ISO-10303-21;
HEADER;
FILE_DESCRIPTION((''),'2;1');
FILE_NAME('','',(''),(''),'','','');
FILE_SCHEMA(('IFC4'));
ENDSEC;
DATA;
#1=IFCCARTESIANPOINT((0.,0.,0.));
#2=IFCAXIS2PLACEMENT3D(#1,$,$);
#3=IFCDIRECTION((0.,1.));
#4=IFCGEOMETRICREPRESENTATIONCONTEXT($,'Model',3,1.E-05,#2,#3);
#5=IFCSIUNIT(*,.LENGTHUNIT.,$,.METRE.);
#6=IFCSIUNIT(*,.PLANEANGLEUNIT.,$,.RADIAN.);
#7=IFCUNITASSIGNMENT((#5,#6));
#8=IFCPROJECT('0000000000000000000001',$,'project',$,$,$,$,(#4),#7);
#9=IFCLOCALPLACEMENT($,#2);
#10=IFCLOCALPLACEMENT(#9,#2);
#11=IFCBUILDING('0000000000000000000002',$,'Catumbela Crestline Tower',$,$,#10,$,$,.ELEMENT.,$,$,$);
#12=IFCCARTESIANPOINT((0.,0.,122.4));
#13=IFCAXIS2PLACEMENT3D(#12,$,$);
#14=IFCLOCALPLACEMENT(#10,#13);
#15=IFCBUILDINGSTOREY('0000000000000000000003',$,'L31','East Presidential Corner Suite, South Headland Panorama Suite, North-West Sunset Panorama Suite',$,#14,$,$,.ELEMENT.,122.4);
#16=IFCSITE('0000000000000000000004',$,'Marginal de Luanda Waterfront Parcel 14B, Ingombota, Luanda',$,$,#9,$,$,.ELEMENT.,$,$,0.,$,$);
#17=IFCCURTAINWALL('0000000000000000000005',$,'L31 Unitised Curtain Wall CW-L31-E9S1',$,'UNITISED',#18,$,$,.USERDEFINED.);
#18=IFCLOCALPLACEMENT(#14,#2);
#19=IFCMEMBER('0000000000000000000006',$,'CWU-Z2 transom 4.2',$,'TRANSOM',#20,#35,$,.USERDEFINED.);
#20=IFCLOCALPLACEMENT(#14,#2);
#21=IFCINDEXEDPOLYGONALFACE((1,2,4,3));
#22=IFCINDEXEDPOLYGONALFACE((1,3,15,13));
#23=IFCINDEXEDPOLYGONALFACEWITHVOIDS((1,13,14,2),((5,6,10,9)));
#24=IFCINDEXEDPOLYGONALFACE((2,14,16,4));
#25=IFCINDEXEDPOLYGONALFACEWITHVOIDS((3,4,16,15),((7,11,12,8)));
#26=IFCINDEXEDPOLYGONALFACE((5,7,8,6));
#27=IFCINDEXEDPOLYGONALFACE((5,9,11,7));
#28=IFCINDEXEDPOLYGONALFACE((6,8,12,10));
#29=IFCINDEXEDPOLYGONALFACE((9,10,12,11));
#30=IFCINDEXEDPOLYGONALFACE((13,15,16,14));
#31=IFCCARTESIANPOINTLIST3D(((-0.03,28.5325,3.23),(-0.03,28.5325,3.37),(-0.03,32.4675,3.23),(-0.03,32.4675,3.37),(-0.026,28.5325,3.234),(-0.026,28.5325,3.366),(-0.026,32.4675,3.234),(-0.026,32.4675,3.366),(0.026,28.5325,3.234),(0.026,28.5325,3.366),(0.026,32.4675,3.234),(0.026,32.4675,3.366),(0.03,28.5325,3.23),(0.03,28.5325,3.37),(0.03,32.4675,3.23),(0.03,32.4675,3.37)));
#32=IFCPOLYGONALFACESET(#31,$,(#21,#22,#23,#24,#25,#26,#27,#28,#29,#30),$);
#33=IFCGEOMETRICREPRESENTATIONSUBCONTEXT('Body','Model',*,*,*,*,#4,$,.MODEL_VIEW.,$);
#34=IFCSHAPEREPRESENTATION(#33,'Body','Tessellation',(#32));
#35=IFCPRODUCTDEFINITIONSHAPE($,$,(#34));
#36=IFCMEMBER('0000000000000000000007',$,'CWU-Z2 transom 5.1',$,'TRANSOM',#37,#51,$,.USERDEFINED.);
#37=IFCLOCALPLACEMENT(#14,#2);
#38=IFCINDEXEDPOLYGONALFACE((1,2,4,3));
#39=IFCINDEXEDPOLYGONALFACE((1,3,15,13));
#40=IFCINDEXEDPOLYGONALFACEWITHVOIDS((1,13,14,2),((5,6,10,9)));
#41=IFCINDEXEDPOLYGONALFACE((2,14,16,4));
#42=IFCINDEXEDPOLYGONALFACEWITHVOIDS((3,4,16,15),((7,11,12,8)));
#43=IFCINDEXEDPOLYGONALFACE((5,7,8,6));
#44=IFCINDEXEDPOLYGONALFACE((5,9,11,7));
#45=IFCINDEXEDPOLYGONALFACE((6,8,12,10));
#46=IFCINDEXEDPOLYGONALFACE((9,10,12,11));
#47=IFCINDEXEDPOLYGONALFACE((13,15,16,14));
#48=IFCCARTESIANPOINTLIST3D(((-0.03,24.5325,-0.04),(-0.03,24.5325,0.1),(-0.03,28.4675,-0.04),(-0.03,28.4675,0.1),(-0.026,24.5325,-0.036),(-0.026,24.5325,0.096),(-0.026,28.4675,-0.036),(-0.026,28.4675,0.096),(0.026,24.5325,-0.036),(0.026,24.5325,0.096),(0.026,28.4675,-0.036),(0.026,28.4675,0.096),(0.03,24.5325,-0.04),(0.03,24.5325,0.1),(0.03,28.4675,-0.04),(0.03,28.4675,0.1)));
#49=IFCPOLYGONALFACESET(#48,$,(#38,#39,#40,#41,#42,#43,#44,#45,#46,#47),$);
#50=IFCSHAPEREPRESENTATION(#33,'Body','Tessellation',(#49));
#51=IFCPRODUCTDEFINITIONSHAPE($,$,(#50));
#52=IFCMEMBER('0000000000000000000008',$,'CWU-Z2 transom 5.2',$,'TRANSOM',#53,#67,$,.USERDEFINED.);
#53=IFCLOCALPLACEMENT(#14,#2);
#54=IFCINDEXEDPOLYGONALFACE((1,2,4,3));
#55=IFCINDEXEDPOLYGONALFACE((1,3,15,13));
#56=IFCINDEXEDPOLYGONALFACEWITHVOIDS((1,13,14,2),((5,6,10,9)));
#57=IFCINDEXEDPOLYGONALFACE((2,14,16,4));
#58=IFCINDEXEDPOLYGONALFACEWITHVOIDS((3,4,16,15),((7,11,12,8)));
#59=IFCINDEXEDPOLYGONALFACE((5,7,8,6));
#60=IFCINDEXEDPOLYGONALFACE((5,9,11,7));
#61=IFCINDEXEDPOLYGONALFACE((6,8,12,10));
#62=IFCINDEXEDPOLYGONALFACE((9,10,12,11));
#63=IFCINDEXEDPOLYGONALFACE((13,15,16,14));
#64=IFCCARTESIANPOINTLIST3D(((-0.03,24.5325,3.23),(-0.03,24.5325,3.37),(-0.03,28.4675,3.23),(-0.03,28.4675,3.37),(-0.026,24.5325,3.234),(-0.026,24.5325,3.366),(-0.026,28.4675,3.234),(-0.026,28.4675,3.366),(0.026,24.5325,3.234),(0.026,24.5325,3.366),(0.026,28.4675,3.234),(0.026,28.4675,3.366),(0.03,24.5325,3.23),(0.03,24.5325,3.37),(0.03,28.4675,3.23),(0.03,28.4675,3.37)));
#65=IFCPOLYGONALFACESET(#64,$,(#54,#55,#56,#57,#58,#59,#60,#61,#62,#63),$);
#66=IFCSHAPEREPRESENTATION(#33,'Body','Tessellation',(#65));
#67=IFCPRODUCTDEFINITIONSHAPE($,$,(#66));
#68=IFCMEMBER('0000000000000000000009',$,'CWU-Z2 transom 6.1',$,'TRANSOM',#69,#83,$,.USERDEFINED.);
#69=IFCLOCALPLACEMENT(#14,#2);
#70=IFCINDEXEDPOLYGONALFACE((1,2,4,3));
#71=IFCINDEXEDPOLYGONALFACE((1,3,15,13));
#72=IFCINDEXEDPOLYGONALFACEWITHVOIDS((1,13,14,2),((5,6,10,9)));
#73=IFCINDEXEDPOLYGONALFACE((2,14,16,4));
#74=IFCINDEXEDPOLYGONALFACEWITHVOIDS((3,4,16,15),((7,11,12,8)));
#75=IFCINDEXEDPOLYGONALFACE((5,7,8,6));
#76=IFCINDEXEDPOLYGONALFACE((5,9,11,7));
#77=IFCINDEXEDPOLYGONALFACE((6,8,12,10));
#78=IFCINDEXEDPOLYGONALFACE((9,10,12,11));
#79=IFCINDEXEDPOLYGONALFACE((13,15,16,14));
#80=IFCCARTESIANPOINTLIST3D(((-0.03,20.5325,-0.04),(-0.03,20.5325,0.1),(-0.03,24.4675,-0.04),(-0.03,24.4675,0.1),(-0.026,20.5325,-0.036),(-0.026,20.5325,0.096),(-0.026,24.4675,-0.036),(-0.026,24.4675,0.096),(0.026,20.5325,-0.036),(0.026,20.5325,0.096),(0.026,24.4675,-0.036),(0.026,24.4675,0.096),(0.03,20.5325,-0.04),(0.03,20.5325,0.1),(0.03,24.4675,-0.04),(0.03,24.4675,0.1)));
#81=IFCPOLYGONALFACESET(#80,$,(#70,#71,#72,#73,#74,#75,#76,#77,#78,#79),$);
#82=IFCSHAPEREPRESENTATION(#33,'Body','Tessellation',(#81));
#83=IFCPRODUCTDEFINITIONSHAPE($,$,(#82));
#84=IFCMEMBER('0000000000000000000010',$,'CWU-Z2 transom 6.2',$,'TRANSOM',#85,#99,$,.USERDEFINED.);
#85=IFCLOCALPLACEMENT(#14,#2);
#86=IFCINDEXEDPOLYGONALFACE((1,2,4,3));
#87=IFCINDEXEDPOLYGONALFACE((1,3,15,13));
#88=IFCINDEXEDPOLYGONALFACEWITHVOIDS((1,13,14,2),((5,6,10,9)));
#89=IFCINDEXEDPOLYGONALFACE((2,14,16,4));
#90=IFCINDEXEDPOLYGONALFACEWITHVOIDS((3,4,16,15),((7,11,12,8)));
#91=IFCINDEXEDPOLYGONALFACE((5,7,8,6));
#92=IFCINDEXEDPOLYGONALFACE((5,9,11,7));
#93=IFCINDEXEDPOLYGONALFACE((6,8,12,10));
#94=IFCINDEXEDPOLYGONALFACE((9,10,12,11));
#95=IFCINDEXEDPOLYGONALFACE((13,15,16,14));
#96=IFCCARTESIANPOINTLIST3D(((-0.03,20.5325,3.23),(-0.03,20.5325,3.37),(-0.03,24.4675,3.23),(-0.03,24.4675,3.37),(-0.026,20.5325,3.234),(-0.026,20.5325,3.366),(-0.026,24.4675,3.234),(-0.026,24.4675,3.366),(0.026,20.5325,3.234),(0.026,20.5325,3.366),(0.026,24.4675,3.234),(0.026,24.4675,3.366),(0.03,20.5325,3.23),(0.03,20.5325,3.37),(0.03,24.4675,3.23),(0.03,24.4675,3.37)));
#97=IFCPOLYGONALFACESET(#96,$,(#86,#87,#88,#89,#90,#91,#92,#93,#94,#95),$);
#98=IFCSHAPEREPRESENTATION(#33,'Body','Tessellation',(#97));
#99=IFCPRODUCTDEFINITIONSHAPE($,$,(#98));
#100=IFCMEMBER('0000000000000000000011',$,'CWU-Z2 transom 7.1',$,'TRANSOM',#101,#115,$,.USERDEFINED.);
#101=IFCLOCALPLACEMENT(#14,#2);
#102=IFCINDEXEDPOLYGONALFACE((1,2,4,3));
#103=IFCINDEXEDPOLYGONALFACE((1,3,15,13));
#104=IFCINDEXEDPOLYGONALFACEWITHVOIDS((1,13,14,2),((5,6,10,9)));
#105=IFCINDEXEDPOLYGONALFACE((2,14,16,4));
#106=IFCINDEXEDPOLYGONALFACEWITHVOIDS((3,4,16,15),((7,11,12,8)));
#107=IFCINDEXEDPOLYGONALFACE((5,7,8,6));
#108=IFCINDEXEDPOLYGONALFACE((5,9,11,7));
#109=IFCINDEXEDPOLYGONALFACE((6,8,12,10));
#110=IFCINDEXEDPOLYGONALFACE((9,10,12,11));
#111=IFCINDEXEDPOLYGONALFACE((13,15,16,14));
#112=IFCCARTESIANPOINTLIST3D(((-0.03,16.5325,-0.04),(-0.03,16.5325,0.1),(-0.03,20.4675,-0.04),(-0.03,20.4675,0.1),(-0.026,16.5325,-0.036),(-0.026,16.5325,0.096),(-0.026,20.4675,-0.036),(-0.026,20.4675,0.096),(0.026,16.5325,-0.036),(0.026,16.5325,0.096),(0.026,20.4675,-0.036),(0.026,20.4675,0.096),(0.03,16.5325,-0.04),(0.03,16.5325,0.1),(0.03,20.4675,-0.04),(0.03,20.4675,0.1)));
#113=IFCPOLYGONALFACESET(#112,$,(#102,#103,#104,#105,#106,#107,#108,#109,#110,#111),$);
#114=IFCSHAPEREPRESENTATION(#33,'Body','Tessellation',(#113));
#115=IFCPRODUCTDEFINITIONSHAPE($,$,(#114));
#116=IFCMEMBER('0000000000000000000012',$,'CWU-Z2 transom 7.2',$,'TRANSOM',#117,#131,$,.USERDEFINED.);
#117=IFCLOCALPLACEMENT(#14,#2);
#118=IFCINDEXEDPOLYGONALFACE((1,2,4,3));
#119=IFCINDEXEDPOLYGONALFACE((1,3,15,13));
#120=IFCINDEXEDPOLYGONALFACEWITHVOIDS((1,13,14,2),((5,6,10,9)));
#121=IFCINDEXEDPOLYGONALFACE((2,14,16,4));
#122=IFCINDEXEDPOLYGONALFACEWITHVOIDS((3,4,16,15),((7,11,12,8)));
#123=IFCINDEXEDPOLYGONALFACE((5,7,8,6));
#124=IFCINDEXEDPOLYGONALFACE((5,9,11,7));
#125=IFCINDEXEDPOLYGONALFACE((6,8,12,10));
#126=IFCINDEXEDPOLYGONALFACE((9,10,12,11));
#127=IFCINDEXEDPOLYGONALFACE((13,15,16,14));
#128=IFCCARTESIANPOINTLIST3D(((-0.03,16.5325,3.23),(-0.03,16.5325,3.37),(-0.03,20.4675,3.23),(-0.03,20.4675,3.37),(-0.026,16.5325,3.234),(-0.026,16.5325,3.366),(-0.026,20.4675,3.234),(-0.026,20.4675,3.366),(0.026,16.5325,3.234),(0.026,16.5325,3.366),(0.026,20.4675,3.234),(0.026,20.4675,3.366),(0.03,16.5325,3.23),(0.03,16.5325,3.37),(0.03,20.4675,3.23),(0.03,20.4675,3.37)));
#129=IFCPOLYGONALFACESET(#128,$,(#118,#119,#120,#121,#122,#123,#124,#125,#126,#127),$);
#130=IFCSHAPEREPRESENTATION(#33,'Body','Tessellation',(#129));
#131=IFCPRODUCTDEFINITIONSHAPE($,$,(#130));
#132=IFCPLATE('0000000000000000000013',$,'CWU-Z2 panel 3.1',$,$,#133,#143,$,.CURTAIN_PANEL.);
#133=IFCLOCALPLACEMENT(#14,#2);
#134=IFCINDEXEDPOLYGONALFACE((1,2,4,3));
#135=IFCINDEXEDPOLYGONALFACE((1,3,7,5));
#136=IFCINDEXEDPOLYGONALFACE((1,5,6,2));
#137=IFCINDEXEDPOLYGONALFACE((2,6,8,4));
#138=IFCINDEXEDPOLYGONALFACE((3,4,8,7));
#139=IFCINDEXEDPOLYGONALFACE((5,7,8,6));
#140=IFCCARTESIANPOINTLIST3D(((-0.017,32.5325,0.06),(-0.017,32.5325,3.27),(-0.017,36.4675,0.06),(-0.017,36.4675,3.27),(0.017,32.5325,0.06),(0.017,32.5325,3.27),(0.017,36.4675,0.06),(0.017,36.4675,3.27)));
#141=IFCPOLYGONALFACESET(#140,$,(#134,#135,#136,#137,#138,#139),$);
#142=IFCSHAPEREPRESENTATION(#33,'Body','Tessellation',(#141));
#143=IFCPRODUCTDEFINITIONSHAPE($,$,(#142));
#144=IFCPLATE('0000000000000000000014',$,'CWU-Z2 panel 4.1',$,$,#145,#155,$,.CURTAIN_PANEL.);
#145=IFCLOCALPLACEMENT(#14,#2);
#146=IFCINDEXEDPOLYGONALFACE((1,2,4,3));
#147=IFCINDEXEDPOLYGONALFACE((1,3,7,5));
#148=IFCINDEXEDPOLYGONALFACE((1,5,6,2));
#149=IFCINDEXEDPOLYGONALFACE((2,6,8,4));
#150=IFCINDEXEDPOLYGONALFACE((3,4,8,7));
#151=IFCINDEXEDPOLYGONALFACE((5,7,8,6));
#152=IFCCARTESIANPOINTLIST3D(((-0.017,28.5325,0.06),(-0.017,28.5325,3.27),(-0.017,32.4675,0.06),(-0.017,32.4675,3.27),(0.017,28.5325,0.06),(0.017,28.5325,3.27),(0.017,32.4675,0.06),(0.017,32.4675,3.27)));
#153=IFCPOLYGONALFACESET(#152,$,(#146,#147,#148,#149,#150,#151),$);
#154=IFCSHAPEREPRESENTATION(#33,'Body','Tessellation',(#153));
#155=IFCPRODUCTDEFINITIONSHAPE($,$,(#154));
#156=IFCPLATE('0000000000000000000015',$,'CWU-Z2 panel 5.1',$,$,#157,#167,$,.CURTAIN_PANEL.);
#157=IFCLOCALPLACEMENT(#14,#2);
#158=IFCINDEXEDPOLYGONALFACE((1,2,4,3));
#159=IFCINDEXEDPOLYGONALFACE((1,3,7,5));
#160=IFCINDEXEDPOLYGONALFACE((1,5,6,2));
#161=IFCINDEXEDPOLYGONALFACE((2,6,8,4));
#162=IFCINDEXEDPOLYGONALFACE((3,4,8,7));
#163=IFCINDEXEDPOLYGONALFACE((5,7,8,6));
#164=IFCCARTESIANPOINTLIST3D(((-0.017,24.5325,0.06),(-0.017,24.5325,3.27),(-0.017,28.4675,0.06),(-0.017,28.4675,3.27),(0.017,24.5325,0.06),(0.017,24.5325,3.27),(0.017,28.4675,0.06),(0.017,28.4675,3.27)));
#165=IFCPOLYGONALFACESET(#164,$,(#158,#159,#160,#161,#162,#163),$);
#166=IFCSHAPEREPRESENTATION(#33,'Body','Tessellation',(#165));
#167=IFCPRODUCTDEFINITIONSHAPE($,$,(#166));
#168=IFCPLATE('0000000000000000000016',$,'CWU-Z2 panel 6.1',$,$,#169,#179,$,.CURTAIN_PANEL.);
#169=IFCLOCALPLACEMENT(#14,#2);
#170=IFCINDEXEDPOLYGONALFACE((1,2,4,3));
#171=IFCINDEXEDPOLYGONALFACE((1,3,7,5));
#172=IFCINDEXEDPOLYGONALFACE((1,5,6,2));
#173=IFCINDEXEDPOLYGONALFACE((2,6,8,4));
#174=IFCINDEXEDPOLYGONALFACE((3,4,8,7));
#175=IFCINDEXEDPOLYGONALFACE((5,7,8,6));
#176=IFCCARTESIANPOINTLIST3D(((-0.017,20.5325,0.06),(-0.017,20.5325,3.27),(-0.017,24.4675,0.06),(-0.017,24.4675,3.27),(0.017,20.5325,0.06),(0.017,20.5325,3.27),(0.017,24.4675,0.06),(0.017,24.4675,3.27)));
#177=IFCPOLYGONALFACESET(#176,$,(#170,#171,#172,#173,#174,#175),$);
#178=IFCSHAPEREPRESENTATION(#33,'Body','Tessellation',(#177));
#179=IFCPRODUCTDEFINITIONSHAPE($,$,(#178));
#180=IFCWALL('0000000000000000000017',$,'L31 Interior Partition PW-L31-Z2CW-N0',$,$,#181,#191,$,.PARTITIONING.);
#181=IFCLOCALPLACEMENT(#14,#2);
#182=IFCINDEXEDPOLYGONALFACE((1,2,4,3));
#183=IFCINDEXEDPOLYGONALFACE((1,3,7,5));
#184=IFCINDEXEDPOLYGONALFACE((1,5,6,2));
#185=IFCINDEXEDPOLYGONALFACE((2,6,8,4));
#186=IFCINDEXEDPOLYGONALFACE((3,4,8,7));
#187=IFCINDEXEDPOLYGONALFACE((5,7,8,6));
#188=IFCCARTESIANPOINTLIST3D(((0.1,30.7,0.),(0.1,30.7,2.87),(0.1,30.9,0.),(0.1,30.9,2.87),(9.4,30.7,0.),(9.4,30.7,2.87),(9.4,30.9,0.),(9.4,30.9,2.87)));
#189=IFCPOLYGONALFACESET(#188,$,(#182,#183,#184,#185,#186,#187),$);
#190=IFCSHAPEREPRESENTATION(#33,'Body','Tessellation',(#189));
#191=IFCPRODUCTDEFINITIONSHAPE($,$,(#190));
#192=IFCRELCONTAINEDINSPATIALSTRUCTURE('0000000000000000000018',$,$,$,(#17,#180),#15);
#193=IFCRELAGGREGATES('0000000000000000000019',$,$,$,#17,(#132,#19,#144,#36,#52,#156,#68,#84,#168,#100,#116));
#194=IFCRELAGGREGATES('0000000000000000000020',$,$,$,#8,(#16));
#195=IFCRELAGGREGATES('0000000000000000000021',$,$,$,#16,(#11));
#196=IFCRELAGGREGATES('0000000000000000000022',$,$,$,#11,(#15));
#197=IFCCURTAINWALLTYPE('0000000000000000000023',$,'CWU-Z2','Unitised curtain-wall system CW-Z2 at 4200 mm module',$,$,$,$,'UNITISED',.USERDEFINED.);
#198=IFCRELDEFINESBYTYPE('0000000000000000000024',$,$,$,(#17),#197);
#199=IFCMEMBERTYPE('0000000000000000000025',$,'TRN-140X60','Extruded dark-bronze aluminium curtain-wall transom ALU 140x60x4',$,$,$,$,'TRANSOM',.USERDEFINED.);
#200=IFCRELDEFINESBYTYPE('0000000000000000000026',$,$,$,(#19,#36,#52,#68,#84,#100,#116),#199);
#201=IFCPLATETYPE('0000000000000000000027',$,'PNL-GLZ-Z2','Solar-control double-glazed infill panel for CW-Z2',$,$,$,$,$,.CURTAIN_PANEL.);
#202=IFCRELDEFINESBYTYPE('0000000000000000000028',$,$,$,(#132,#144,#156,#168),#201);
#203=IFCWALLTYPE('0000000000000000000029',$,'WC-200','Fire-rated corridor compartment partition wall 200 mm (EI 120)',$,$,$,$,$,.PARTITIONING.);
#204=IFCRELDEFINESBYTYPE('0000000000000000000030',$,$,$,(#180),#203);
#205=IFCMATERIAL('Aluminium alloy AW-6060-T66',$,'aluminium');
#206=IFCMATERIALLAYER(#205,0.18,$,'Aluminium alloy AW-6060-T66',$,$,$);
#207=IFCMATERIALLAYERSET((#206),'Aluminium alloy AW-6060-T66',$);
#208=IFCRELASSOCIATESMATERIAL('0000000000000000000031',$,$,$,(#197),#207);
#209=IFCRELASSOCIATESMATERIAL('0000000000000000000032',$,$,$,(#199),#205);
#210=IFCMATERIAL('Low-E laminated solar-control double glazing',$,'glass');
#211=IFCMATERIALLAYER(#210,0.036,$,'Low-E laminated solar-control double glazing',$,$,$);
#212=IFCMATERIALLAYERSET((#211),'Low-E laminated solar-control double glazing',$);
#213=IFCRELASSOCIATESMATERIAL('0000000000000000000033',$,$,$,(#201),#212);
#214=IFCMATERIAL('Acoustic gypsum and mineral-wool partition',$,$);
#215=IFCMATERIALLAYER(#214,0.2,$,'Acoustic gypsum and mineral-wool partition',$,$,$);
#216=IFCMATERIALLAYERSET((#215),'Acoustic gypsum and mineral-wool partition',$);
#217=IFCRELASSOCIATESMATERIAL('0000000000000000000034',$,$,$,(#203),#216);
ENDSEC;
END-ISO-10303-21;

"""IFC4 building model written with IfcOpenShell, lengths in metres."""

from ifc_helpers import new_model, si_unit, direction, frame, frame_2d, origin, origin_2d, place, context, subcontext, project, spatial, rectangle, hollow_rectangle, extrude, material, layer, layer_set, material_profile, profile_set, type_object, element, aggregate, save


model = new_model("IFC4")

# Units and contexts
model_context = context("Model", 3, precision=1e-05, world=origin(), true_north=direction((0.0, 1.0)))
body_context = subcontext(model_context, "Body", "Model", "MODEL_VIEW")
ifc_project = project(units=[si_unit("LENGTHUNIT", "METRE"), si_unit("PLANEANGLEUNIT", "RADIAN")], contexts=[model_context])

# Site, building, storey
site_placement = place(None, origin())
site = spatial("IfcSite", under=ifc_project, at=site_placement, Name="Marginal de Luanda Waterfront Parcel 14B, Ingombota, Luanda", CompositionType="ELEMENT", RefElevation=0.0)
building_placement = place(site_placement, origin())
building = spatial("IfcBuilding", under=site, at=building_placement, Name="Catumbela Crestline Tower", CompositionType="ELEMENT")
storey_placement = place(building_placement, frame((0.0, 0.0, 122.4)))
storey = spatial("IfcBuildingStorey", under=building, at=storey_placement, Name="L31", Description="East Presidential Corner Suite, South Headland Panorama Suite, North-West Sunset Panorama Suite", CompositionType="ELEMENT", Elevation=122.4)

# Curtain wall
ifc_material_1 = material(Name="Aluminium alloy AW-6060-T66", Category="aluminium")
ifc_layer_1 = layer(ifc_material_1, 0.18, Name="Aluminium alloy AW-6060-T66")
ifc_layer_set_1 = layer_set([ifc_layer_1], Name="Aluminium alloy AW-6060-T66")
curtain_wall_type = type_object("IfcCurtainWallType", Name="CWU-Z2", Description="Unitised curtain-wall system CW-Z2 at 4200 mm module", ElementType="UNITISED", PredefinedType="USERDEFINED", material=ifc_layer_set_1)
curtain_wall_placement = place(storey_placement, origin())
curtain_wall = element("IfcCurtainWall", 1, at=curtain_wall_placement, inside=storey, type_object=curtain_wall_type, Name="L31 Unitised Curtain Wall CW-L31-E9S1", ObjectType="UNITISED", PredefinedType="USERDEFINED")

# Members
ifc_material_profile_1 = material_profile(ifc_material_1, hollow_rectangle(XDim=0.06, YDim=0.14, WallThickness=0.004, at=origin_2d()), Name="ALU 140x60x4")
ifc_profile_set_1 = profile_set([ifc_material_profile_1], Name="Aluminium alloy AW-6060-T66")
member_type_1 = type_object("IfcMemberType", Name="TRN-140X60", Description="Extruded dark-bronze aluminium curtain-wall transom ALU 140x60x4", ElementType="TRANSOM", PredefinedType="USERDEFINED", material=ifc_profile_set_1)
member_1_placement = place(storey_placement, frame((0.0, 32.4675, 3.3), z_axis=(0.0, -1.0, 0.0), x_axis=(1.0, 0.0, 0.0)))
member_1 = element("IfcMember", 2, at=member_1_placement, type_object=member_type_1, Name="CWU-Z2 transom 4.2", ObjectType="TRANSOM", PredefinedType="USERDEFINED", context=body_context, shape_type="SweptSolid", body=[
    extrude(hollow_rectangle(XDim=0.06, YDim=0.14, WallThickness=0.004, at=origin_2d()), origin(), (0.0, 0.0, 1.0), 3.935),
])
member_2_placement = place(storey_placement, frame((0.0, 28.4675, 0.03), z_axis=(0.0, -1.0, 0.0), x_axis=(1.0, 0.0, 0.0)))
member_2 = element("IfcMember", 3, at=member_2_placement, type_object=member_type_1, Name="CWU-Z2 transom 5.1", ObjectType="TRANSOM", PredefinedType="USERDEFINED", context=body_context, shape_type="SweptSolid", body=[
    extrude(hollow_rectangle(XDim=0.06, YDim=0.14, WallThickness=0.004, at=origin_2d()), origin(), (0.0, 0.0, 1.0), 3.935),
])
member_3_placement = place(storey_placement, frame((0.0, 28.4675, 3.3), z_axis=(0.0, -1.0, 0.0), x_axis=(1.0, 0.0, 0.0)))
member_3 = element("IfcMember", 4, at=member_3_placement, type_object=member_type_1, Name="CWU-Z2 transom 5.2", ObjectType="TRANSOM", PredefinedType="USERDEFINED", context=body_context, shape_type="SweptSolid", body=[
    extrude(hollow_rectangle(XDim=0.06, YDim=0.14, WallThickness=0.004, at=origin_2d()), origin(), (0.0, 0.0, 1.0), 3.935),
])
member_4_placement = place(storey_placement, frame((0.0, 24.4675, 0.03), z_axis=(0.0, -1.0, 0.0), x_axis=(1.0, 0.0, 0.0)))
member_4 = element("IfcMember", 5, at=member_4_placement, type_object=member_type_1, Name="CWU-Z2 transom 6.1", ObjectType="TRANSOM", PredefinedType="USERDEFINED", context=body_context, shape_type="SweptSolid", body=[
    extrude(hollow_rectangle(XDim=0.06, YDim=0.14, WallThickness=0.004, at=origin_2d()), origin(), (0.0, 0.0, 1.0), 3.935),
])
member_5_placement = place(storey_placement, frame((0.0, 24.4675, 3.3), z_axis=(0.0, -1.0, 0.0), x_axis=(1.0, 0.0, 0.0)))
member_5 = element("IfcMember", 6, at=member_5_placement, type_object=member_type_1, Name="CWU-Z2 transom 6.2", ObjectType="TRANSOM", PredefinedType="USERDEFINED", context=body_context, shape_type="SweptSolid", body=[
    extrude(hollow_rectangle(XDim=0.06, YDim=0.14, WallThickness=0.004, at=origin_2d()), origin(), (0.0, 0.0, 1.0), 3.935),
])
member_6_placement = place(storey_placement, frame((0.0, 20.4675, 0.03), z_axis=(0.0, -1.0, 0.0), x_axis=(1.0, 0.0, 0.0)))
member_6 = element("IfcMember", 7, at=member_6_placement, type_object=member_type_1, Name="CWU-Z2 transom 7.1", ObjectType="TRANSOM", PredefinedType="USERDEFINED", context=body_context, shape_type="SweptSolid", body=[
    extrude(hollow_rectangle(XDim=0.06, YDim=0.14, WallThickness=0.004, at=origin_2d()), origin(), (0.0, 0.0, 1.0), 3.935),
])
member_7_placement = place(storey_placement, frame((0.0, 20.4675, 3.3), z_axis=(0.0, -1.0, 0.0), x_axis=(1.0, 0.0, 0.0)))
member_7 = element("IfcMember", 8, at=member_7_placement, type_object=member_type_1, Name="CWU-Z2 transom 7.2", ObjectType="TRANSOM", PredefinedType="USERDEFINED", context=body_context, shape_type="SweptSolid", body=[
    extrude(hollow_rectangle(XDim=0.06, YDim=0.14, WallThickness=0.004, at=origin_2d()), origin(), (0.0, 0.0, 1.0), 3.935),
])

# Plates
ifc_material_2 = material(Name="Low-E laminated solar-control double glazing", Category="glass")
ifc_layer_2 = layer(ifc_material_2, 0.036, Name="Low-E laminated solar-control double glazing")
ifc_layer_set_2 = layer_set([ifc_layer_2], Name="Low-E laminated solar-control double glazing")
plate_type = type_object("IfcPlateType", Name="PNL-GLZ-Z2", Description="Solar-control double-glazed infill panel for CW-Z2", PredefinedType="CURTAIN_PANEL", material=ifc_layer_set_2)
plate_1_placement = place(storey_placement, frame((0.0, 34.5, 0.06), z_axis=(0.0, 0.0, 1.0), x_axis=(0.0, -1.0, 0.0)))
plate_1 = element("IfcPlate", 9, at=plate_1_placement, type_object=plate_type, Name="CWU-Z2 panel 3.1", PredefinedType="CURTAIN_PANEL", context=body_context, shape_type="SweptSolid", body=[
    extrude(rectangle(XDim=3.935, YDim=0.034, at=origin_2d()), origin(), (0.0, 0.0, 1.0), 3.21),
])
plate_2_placement = place(storey_placement, frame((0.0, 30.5, 0.06), z_axis=(0.0, 0.0, 1.0), x_axis=(0.0, -1.0, 0.0)))
plate_2 = element("IfcPlate", 10, at=plate_2_placement, type_object=plate_type, Name="CWU-Z2 panel 4.1", PredefinedType="CURTAIN_PANEL", context=body_context, shape_type="SweptSolid", body=[
    extrude(rectangle(XDim=3.935, YDim=0.034, at=origin_2d()), origin(), (0.0, 0.0, 1.0), 3.21),
])
plate_3_placement = place(storey_placement, frame((0.0, 26.5, 0.06), z_axis=(0.0, 0.0, 1.0), x_axis=(0.0, -1.0, 0.0)))
plate_3 = element("IfcPlate", 11, at=plate_3_placement, type_object=plate_type, Name="CWU-Z2 panel 5.1", PredefinedType="CURTAIN_PANEL", context=body_context, shape_type="SweptSolid", body=[
    extrude(rectangle(XDim=3.935, YDim=0.034, at=origin_2d()), origin(), (0.0, 0.0, 1.0), 3.21),
])
plate_4_placement = place(storey_placement, frame((0.0, 22.5, 0.06), z_axis=(0.0, 0.0, 1.0), x_axis=(0.0, -1.0, 0.0)))
plate_4 = element("IfcPlate", 12, at=plate_4_placement, type_object=plate_type, Name="CWU-Z2 panel 6.1", PredefinedType="CURTAIN_PANEL", context=body_context, shape_type="SweptSolid", body=[
    extrude(rectangle(XDim=3.935, YDim=0.034, at=origin_2d()), origin(), (0.0, 0.0, 1.0), 3.21),
])
aggregate(curtain_wall, [plate_1, member_1, plate_2, member_2, member_3, plate_3, member_4, member_5, plate_4, member_6, member_7])

# Wall
ifc_material_3 = material(Name="Acoustic gypsum and mineral-wool partition")
ifc_layer_3 = layer(ifc_material_3, 0.2, Name="Acoustic gypsum and mineral-wool partition")
ifc_layer_set_3 = layer_set([ifc_layer_3], Name="Acoustic gypsum and mineral-wool partition")
wall_type_1 = type_object("IfcWallType", Name="WC-200", Description="Fire-rated corridor compartment partition wall 200 mm (EI 120)", PredefinedType="PARTITIONING", material=ifc_layer_set_3)
wall_1_placement = place(storey_placement, frame((0.1, 30.8, 0.0), z_axis=(0.0, 0.0, 1.0), x_axis=(1.0, 0.0, 0.0)))
element("IfcWall", 13, at=wall_1_placement, inside=storey, type_object=wall_type_1, Name="L31 Interior Partition PW-L31-Z2CW-N0", PredefinedType="PARTITIONING", context=body_context, shape_type="SweptSolid", body=[
    extrude(rectangle(XDim=9.3, YDim=0.2, at=frame_2d((4.65, 0.0))), origin(), (0.0, 0.0, 1.0), 2.87),
])

save(model, "model.ifc")
